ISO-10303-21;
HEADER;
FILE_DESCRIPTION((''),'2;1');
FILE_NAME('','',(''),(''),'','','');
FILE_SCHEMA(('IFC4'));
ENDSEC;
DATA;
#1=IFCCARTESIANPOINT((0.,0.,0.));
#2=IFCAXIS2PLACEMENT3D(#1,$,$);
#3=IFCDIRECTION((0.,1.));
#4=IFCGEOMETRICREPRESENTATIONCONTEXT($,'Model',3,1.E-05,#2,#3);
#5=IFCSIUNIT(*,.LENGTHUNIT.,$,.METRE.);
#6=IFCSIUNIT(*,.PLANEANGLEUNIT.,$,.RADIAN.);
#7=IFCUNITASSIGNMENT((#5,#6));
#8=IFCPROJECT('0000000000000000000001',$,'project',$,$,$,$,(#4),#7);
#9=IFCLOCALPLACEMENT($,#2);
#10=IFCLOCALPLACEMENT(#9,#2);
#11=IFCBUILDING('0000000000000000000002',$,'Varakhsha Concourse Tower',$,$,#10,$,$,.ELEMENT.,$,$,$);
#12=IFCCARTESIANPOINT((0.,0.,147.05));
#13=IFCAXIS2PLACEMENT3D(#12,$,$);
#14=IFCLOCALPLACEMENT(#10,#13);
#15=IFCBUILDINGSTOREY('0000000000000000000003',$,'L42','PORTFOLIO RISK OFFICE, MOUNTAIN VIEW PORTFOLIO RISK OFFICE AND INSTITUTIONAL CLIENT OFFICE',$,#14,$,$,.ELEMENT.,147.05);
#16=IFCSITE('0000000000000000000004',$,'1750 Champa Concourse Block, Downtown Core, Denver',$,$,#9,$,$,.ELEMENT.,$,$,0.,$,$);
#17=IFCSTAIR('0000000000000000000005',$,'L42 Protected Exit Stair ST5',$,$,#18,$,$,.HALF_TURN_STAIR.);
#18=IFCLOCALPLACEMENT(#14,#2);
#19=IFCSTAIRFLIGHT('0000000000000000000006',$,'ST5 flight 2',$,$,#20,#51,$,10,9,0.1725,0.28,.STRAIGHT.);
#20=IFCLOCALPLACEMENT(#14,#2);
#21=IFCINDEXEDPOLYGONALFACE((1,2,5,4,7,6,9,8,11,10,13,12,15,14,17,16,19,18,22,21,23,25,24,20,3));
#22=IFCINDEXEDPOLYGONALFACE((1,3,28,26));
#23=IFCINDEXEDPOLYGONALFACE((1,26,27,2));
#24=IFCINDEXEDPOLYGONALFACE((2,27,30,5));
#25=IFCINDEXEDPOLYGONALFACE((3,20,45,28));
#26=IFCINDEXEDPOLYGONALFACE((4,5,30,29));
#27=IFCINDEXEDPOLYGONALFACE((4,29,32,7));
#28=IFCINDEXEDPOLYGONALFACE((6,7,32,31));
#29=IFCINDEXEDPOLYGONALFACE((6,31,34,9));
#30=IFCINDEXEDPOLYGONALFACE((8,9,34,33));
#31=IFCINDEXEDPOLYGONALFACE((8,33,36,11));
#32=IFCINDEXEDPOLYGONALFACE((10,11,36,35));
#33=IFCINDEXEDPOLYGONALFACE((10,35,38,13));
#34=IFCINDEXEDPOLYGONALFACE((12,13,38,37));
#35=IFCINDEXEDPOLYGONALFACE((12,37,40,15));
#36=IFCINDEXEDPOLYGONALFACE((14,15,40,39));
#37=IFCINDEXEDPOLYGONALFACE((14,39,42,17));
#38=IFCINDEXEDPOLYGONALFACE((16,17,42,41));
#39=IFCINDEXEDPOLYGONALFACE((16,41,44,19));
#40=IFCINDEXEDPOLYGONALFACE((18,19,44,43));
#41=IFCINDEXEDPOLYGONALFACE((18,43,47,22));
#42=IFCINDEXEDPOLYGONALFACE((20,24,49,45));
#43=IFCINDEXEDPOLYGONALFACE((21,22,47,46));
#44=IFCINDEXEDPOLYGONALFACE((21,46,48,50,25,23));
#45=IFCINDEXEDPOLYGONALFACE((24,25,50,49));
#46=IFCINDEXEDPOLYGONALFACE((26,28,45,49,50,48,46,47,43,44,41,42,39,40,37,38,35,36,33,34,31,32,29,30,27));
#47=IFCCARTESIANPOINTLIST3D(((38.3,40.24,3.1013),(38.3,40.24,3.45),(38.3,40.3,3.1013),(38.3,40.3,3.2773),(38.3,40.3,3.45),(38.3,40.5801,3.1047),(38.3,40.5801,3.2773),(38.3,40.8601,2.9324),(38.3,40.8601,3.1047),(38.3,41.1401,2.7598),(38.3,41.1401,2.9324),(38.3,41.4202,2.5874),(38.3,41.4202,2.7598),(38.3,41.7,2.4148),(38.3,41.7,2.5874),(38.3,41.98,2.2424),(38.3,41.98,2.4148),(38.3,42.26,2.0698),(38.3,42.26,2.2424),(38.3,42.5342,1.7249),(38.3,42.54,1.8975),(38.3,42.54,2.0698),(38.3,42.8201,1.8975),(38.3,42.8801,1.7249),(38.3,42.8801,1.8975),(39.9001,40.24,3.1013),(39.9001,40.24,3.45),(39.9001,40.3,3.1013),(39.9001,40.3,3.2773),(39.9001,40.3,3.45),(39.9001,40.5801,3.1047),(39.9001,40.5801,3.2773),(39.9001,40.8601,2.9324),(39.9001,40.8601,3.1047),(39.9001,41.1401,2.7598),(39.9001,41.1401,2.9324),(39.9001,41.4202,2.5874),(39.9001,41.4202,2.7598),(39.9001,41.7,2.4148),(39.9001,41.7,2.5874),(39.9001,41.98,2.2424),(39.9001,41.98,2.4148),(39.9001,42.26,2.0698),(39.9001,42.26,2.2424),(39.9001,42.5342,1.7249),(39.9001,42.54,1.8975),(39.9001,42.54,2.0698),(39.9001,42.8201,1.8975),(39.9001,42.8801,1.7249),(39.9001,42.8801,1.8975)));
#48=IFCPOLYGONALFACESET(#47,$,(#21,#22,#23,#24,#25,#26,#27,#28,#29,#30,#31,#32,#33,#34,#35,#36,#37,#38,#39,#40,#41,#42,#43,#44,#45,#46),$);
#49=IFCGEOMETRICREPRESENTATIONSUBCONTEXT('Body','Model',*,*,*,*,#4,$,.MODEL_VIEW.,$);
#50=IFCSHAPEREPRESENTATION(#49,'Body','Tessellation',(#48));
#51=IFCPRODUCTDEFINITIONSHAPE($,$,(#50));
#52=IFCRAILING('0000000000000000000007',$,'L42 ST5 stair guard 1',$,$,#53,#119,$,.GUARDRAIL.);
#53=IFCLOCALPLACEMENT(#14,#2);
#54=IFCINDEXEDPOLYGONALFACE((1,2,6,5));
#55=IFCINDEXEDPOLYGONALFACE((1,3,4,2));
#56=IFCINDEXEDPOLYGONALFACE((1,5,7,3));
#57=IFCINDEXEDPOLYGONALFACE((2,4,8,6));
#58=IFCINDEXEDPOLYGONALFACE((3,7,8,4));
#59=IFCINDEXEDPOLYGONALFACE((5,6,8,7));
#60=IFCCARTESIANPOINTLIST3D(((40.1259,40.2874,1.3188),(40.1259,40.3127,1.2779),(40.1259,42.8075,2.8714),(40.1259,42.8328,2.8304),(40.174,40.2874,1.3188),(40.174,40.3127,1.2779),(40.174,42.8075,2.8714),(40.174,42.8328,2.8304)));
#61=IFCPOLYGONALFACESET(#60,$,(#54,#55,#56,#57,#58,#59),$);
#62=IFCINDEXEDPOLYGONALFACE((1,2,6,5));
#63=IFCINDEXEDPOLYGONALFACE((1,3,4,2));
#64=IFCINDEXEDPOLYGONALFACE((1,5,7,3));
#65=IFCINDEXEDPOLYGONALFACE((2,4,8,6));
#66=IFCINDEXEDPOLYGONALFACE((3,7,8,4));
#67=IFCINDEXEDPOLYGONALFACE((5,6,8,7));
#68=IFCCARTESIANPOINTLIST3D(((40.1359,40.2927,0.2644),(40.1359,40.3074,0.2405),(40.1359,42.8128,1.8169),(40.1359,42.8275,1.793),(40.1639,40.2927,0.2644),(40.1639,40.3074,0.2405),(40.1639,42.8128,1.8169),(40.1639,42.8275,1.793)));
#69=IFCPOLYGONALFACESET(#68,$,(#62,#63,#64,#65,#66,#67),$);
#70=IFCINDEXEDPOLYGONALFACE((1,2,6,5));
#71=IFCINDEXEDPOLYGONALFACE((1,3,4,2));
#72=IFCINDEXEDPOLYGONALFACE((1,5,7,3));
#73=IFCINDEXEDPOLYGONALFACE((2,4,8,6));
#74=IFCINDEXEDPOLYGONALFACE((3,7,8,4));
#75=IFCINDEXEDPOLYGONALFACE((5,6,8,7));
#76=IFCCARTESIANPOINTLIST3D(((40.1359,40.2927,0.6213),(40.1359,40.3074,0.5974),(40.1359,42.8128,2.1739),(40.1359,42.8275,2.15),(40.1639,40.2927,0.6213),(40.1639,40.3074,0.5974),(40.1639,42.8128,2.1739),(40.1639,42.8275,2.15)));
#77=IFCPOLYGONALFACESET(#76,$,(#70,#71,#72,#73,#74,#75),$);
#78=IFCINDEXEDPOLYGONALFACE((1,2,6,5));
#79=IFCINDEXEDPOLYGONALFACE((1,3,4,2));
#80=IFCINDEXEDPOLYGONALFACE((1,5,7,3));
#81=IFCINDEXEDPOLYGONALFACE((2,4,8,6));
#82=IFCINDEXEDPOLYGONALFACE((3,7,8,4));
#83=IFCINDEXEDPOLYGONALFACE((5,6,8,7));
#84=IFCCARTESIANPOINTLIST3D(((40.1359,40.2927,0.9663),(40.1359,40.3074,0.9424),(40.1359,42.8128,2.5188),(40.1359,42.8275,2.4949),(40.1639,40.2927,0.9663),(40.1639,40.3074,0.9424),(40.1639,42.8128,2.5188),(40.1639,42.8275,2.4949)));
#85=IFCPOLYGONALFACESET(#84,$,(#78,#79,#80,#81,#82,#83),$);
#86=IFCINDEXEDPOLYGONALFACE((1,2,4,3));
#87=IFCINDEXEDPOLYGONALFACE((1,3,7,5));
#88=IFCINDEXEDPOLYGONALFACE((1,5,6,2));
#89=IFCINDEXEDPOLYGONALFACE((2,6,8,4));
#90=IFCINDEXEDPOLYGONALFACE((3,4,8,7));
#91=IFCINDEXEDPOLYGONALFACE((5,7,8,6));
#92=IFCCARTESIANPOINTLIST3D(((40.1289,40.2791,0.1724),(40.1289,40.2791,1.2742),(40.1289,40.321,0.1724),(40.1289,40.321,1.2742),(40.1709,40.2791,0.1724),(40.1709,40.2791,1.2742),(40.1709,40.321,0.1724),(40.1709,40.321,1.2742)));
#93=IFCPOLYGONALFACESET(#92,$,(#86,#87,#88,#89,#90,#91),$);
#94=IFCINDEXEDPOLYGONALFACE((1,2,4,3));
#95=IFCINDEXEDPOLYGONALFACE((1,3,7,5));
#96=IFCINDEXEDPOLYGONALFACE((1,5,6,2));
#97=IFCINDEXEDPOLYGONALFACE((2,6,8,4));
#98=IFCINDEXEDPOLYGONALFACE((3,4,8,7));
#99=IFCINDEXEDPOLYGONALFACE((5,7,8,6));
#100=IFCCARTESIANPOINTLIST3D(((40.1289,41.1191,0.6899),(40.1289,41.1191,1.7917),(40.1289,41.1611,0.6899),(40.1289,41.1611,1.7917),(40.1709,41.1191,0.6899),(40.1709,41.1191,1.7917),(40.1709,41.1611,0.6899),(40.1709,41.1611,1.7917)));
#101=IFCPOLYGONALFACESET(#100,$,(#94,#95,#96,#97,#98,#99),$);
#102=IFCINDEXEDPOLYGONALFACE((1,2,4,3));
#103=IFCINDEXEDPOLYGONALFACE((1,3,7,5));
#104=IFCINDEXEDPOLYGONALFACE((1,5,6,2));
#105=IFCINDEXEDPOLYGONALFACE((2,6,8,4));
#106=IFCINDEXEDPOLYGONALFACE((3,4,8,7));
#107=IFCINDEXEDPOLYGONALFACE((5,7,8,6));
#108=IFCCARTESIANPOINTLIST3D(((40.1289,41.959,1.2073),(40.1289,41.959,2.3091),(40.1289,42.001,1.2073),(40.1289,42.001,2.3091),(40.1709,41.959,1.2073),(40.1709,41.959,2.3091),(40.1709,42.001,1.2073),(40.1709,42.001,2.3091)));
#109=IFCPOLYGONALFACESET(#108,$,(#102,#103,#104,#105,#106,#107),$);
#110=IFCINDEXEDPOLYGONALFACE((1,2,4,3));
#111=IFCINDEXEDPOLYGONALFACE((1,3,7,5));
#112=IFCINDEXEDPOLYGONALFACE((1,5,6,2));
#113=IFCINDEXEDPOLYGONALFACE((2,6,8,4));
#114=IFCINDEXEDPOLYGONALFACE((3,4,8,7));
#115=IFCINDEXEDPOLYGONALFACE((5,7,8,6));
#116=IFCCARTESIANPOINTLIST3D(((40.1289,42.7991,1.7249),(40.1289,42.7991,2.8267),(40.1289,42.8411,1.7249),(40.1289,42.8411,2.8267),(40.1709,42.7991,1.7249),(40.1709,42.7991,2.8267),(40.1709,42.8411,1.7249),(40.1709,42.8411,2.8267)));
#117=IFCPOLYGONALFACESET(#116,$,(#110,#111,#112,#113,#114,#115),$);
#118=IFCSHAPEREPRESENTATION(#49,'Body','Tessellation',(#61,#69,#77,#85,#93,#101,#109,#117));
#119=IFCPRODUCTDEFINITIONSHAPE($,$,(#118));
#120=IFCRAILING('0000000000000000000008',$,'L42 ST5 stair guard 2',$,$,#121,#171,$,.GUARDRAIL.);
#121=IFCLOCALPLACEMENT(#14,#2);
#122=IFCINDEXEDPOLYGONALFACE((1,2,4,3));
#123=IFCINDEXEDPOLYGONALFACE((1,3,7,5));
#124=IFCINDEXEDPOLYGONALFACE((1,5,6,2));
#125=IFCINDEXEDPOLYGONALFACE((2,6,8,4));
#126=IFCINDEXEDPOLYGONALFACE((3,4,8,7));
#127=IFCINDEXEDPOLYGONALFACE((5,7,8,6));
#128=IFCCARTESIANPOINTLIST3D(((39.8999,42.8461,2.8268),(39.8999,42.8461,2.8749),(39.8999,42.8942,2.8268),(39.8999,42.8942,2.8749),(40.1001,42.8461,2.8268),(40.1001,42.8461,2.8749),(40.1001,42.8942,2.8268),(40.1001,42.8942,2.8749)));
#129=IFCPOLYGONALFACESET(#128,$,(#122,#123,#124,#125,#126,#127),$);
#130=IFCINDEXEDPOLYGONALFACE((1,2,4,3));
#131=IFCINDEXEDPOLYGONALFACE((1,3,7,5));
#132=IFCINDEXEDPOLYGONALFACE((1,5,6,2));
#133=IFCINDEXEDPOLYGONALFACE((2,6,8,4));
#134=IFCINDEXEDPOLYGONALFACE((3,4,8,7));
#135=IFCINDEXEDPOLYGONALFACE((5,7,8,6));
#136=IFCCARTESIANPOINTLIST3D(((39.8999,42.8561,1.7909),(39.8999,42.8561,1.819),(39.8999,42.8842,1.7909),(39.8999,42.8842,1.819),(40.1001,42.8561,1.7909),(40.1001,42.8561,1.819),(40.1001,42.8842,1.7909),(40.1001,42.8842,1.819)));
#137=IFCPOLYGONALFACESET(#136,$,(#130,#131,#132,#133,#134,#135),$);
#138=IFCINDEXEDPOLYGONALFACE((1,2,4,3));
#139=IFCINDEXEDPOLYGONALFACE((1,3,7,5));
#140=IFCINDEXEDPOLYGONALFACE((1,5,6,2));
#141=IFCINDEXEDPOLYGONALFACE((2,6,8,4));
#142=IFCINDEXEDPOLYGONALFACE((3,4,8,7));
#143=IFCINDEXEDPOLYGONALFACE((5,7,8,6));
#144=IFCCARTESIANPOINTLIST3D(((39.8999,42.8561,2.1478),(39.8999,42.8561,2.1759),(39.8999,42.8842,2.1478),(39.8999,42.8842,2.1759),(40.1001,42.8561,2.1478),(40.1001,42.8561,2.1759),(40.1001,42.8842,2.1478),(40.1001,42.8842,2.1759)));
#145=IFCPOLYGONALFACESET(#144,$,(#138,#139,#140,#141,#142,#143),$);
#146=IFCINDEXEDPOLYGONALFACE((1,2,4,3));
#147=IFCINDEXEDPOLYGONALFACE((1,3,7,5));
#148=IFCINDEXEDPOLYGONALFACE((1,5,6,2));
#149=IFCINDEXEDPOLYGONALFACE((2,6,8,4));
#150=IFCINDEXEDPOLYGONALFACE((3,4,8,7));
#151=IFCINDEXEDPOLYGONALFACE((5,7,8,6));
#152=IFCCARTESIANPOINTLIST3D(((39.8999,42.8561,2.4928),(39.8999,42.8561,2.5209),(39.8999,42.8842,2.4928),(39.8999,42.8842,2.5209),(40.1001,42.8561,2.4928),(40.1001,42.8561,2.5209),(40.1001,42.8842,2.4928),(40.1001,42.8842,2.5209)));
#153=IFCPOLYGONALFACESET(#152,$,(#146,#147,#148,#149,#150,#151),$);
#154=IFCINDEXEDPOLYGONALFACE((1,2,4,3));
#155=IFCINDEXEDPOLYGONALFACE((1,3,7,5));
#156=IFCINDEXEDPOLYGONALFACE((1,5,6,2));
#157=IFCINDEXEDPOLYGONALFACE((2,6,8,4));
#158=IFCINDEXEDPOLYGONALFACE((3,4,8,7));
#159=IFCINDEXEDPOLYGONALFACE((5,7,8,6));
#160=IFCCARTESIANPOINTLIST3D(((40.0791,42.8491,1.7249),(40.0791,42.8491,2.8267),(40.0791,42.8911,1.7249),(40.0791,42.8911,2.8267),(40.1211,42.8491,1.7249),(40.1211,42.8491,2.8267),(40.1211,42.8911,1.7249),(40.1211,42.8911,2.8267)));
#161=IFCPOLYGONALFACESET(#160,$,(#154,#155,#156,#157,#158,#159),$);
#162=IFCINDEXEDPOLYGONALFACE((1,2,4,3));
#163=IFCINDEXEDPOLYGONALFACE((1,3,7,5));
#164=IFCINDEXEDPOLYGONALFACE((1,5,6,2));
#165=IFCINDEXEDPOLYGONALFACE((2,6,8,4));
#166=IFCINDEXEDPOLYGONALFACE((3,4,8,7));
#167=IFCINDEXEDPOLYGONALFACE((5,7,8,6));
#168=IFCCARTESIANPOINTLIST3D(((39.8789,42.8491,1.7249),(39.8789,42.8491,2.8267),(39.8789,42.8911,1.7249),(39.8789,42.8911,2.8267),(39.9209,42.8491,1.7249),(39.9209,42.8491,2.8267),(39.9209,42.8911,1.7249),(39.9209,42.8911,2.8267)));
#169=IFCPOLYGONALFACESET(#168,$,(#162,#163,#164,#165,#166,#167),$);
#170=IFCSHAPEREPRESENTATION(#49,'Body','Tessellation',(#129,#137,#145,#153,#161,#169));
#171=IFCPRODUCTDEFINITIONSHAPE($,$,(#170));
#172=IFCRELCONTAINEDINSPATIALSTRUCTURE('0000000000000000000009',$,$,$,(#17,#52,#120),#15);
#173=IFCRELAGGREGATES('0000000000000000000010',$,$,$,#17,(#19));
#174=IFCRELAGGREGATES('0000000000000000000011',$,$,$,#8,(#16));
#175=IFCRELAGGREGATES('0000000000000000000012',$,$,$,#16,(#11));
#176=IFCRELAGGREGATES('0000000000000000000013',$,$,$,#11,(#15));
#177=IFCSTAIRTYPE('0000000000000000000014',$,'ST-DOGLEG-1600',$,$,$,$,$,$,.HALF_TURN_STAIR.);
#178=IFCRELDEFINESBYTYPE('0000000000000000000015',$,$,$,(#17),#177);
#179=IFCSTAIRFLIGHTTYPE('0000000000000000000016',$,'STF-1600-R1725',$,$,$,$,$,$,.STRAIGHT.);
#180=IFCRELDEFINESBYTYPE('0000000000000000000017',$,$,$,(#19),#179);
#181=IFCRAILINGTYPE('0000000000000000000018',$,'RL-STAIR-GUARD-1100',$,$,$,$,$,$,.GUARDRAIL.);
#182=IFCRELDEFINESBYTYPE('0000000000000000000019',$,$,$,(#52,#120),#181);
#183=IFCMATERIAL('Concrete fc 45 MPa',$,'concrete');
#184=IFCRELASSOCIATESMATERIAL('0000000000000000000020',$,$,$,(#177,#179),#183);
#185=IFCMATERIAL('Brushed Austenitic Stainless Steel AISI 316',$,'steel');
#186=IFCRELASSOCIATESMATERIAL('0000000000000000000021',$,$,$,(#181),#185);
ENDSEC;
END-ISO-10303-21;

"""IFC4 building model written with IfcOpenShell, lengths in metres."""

from ifc_helpers import new_model, si_unit, direction, frame, origin, origin_2d, place, context, subcontext, project, spatial, polyline, rectangle, outline, extrude, material, type_object, element, aggregate, save


model = new_model("IFC4")

# Units and contexts
model_context = context("Model", 3, precision=1e-05, world=origin(), true_north=direction((0.0, 1.0)))
body_context = subcontext(model_context, "Body", "Model", "MODEL_VIEW")
ifc_project = project(units=[si_unit("LENGTHUNIT", "METRE"), si_unit("PLANEANGLEUNIT", "RADIAN")], contexts=[model_context])

# Site, building, storey
site_placement = place(None, origin())
site = spatial("IfcSite", under=ifc_project, at=site_placement, Name="1750 Champa Concourse Block, Downtown Core, Denver", CompositionType="ELEMENT", RefElevation=0.0)
building_placement = place(site_placement, origin())
building = spatial("IfcBuilding", under=site, at=building_placement, Name="Varakhsha Concourse Tower", CompositionType="ELEMENT")
storey_placement = place(building_placement, frame((0.0, 0.0, 147.05)))
storey = spatial("IfcBuildingStorey", under=building, at=storey_placement, Name="L42", Description="PORTFOLIO RISK OFFICE, MOUNTAIN VIEW PORTFOLIO RISK OFFICE AND INSTITUTIONAL CLIENT OFFICE", CompositionType="ELEMENT", Elevation=147.05)

# Shared definitions
ifc_material_1 = material(Name="Concrete fc 45 MPa", Category="concrete")

# Stair, stair flight
stair_type = type_object("IfcStairType", Name="ST-DOGLEG-1600", PredefinedType="HALF_TURN_STAIR", material=ifc_material_1)
stair_placement = place(storey_placement, origin())
stair = element("IfcStair", 1, at=stair_placement, inside=storey, type_object=stair_type, Name="L42 Protected Exit Stair ST5", PredefinedType="HALF_TURN_STAIR")
stair_flight_type = type_object("IfcStairFlightType", Name="STF-1600-R1725", PredefinedType="STRAIGHT", material=ifc_material_1)
stair_flight_1_placement = place(storey_placement, frame((39.1001, 42.8201, 1.7249), z_axis=(0.0, 0.0, 1.0), x_axis=(0.0, -1.0, 0.0)))
stair_flight_1 = element("IfcStairFlight", 2, at=stair_flight_1_placement, type_object=stair_flight_type, Name="ST5 flight 2", NumberOfRisers=10, NumberOfTreads=9, PredefinedType="STRAIGHT", RiserHeight=0.1725, TreadLength=0.28, context=body_context, shape_type="SweptSolid", body=[
    extrude(outline(polyline([(-0.0601, 0.0), (-0.0601, 0.1726), (0.0, 0.1726), (0.28, 0.1726), (0.28, 0.345), (0.5601, 0.345), (0.5601, 0.5176), (0.8401, 0.5176), (0.8401, 0.6899), (1.1201, 0.6899), (1.1201, 0.8625), (1.3999, 0.8625), (1.3999, 1.0349), (1.6799, 1.0349), (1.6799, 1.2075), (1.96, 1.2075), (1.96, 1.3799), (2.24, 1.3799), (2.24, 1.5525), (2.52, 1.5525), (2.52, 1.7251), (2.5801, 1.7251), (2.5801, 1.3765), (2.52, 1.3765), (0.2859, 0.0), (-0.0601, 0.0)])), frame((0.0, 0.8, 0.0), z_axis=(0.0, -1.0, 0.0), x_axis=(1.0, 0.0, 0.0)), (0.0, 0.0, 1.0), 1.6001),
])
aggregate(stair, [stair_flight_1])

# Railings
ifc_material_2 = material(Name="Brushed Austenitic Stainless Steel AISI 316", Category="steel")
railing_type_1 = type_object("IfcRailingType", Name="RL-STAIR-GUARD-1100", PredefinedType="GUARDRAIL", material=ifc_material_2)
railing_1_placement = place(storey_placement, frame((40.1499, 40.3, 0.1724)))
element("IfcRailing", 3, at=railing_1_placement, inside=storey, type_object=railing_type_1, Name="L42 ST5 stair guard 1", PredefinedType="GUARDRAIL", context=body_context, shape_type="SweptSolid", body=[
    extrude(rectangle(XDim=0.0481, YDim=0.0481, at=origin_2d()), frame((0.0, 0.0, 1.126), z_axis=(0.0, 0.8514, 0.524516), x_axis=(-1.0, 0.0, 0.0)), (0.0, 0.0, 1.0), 2.96),
    extrude(rectangle(XDim=0.0281, YDim=0.0281, at=origin_2d()), frame((0.0, 0.0, 0.0801), z_axis=(0.0, 0.8514, 0.524516), x_axis=(-1.0, 0.0, 0.0)), (0.0, 0.0, 1.0), 2.96),
    extrude(rectangle(XDim=0.0281, YDim=0.0281, at=origin_2d()), frame((0.0, 0.0, 0.437), z_axis=(0.0, 0.8514, 0.524516), x_axis=(-1.0, 0.0, 0.0)), (0.0, 0.0, 1.0), 2.96),
    extrude(rectangle(XDim=0.0281, YDim=0.0281, at=origin_2d()), frame((0.0, 0.0, 0.782), z_axis=(0.0, 0.8514, 0.524516), x_axis=(-1.0, 0.0, 0.0)), (0.0, 0.0, 1.0), 2.96),
    extrude(rectangle(XDim=0.042, YDim=0.042, at=origin_2d()), origin(), (0.0, 0.0, 1.0), 1.1018),
    extrude(rectangle(XDim=0.042, YDim=0.042, at=origin_2d()), frame((0.0, 0.8401, 0.5176)), (0.0, 0.0, 1.0), 1.1018),
    extrude(rectangle(XDim=0.042, YDim=0.042, at=origin_2d()), frame((0.0, 1.6799, 1.0349)), (0.0, 0.0, 1.0), 1.1018),
    extrude(rectangle(XDim=0.042, YDim=0.042, at=origin_2d()), frame((0.0, 2.52, 1.5525)), (0.0, 0.0, 1.0), 1.1018),
])
railing_2_placement = place(storey_placement, frame((40.1001, 42.8701, 1.7249)))
element("IfcRailing", 4, at=railing_2_placement, inside=storey, type_object=railing_type_1, Name="L42 ST5 stair guard 2", PredefinedType="GUARDRAIL", context=body_context, shape_type="SweptSolid", body=[
    extrude(rectangle(XDim=0.0481, YDim=0.0481, at=origin_2d()), frame((0.0, 0.0, 1.126), z_axis=(-1.0, 0.0, 0.0), x_axis=(0.0, -1.0, 0.0)), (0.0, 0.0, 1.0), 0.2002),
    extrude(rectangle(XDim=0.0281, YDim=0.0281, at=origin_2d()), frame((0.0, 0.0, 0.0801), z_axis=(-1.0, 0.0, 0.0), x_axis=(0.0, -1.0, 0.0)), (0.0, 0.0, 1.0), 0.2002),
    extrude(rectangle(XDim=0.0281, YDim=0.0281, at=origin_2d()), frame((0.0, 0.0, 0.437), z_axis=(-1.0, 0.0, 0.0), x_axis=(0.0, -1.0, 0.0)), (0.0, 0.0, 1.0), 0.2002),
    extrude(rectangle(XDim=0.0281, YDim=0.0281, at=origin_2d()), frame((0.0, 0.0, 0.782), z_axis=(-1.0, 0.0, 0.0), x_axis=(0.0, -1.0, 0.0)), (0.0, 0.0, 1.0), 0.2002),
    extrude(rectangle(XDim=0.042, YDim=0.042, at=origin_2d()), origin(), (0.0, 0.0, 1.0), 1.1018),
    extrude(rectangle(XDim=0.042, YDim=0.042, at=origin_2d()), frame((-0.2002, 0.0, 0.0)), (0.0, 0.0, 1.0), 1.1018),
])

save(model, "model.ifc")
